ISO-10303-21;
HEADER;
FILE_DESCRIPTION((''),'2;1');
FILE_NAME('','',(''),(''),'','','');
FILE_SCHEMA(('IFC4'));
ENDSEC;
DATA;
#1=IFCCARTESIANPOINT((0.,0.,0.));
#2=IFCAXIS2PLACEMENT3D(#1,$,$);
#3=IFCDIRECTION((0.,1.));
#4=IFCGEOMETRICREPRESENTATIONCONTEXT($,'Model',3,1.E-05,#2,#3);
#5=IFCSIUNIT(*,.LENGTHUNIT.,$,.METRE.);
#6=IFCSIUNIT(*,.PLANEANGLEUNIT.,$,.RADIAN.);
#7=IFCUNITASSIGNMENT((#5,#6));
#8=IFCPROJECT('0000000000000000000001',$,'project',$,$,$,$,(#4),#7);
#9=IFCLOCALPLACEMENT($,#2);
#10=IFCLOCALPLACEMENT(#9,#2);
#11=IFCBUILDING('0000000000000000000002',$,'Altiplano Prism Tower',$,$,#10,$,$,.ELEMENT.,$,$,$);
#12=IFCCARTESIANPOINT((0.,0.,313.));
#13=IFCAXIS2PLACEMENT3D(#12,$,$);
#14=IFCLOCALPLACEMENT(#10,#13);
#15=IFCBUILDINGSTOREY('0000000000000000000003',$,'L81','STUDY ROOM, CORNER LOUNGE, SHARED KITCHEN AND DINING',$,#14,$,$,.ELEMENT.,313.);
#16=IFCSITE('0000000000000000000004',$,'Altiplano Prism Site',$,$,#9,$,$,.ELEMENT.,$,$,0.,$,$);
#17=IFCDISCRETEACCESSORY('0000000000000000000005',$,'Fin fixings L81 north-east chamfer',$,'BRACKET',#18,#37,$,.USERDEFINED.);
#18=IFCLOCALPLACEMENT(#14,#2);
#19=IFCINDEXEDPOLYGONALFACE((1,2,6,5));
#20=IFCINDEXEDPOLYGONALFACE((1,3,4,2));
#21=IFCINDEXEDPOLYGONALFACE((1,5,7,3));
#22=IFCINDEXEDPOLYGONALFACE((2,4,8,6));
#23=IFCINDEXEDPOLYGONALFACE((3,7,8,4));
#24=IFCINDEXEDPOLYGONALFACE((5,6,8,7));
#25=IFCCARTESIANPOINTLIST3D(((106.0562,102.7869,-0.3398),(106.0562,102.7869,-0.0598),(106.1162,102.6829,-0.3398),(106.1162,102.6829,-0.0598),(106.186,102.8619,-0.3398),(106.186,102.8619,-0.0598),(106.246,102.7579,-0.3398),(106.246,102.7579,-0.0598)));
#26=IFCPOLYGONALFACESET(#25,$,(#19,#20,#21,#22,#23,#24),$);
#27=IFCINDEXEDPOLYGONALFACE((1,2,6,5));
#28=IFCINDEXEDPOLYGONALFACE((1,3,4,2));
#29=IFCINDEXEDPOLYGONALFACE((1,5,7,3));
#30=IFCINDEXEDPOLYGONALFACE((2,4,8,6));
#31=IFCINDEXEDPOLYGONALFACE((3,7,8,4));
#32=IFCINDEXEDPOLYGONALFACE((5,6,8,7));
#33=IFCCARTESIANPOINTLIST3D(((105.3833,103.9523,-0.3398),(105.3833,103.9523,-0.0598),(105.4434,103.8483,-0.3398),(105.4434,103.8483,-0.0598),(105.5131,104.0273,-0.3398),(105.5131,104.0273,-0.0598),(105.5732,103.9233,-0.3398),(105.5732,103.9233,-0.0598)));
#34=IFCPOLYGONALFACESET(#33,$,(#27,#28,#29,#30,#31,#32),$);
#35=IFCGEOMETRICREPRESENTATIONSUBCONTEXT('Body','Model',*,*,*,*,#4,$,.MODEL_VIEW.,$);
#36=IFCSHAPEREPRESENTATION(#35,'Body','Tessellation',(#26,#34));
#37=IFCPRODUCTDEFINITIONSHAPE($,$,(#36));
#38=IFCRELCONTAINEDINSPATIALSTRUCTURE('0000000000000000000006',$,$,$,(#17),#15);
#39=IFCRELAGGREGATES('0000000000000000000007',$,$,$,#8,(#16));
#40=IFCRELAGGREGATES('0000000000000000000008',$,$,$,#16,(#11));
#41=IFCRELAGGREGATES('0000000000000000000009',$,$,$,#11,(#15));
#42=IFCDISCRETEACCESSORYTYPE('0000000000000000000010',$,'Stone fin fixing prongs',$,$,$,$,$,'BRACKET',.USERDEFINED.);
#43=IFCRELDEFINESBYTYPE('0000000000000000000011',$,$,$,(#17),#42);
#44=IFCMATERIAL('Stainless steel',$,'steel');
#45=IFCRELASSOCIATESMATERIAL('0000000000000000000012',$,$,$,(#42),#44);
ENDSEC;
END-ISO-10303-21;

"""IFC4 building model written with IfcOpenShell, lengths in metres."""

from ifc_helpers import new_model, si_unit, direction, frame, origin, place, context, subcontext, project, spatial, polyline, outline, extrude, source, transform, mapped, material, type_object, element, save


model = new_model("IFC4")

# Units and contexts
model_context = context("Model", 3, precision=1e-05, world=origin(), true_north=direction((0.0, 1.0)))
body_context = subcontext(model_context, "Body", "Model", "MODEL_VIEW")
ifc_project = project(units=[si_unit("LENGTHUNIT", "METRE"), si_unit("PLANEANGLEUNIT", "RADIAN")], contexts=[model_context])

# Site, building, storey
site_placement = place(None, origin())
site = spatial("IfcSite", under=ifc_project, at=site_placement, Name="Altiplano Prism Site", CompositionType="ELEMENT", RefElevation=0.0)
building_placement = place(site_placement, origin())
building = spatial("IfcBuilding", under=site, at=building_placement, Name="Altiplano Prism Tower", CompositionType="ELEMENT")
storey_placement = place(building_placement, frame((0.0, 0.0, 313.0)))
storey = spatial("IfcBuildingStorey", under=building, at=storey_placement, Name="L81", Description="STUDY ROOM, CORNER LOUNGE, SHARED KITCHEN AND DINING", CompositionType="ELEMENT", Elevation=313.0)

# Discrete accessory
ifc_material_1 = material(Name="Stainless steel", Category="steel")
discrete_accessory_type = type_object("IfcDiscreteAccessoryType", Name="Stone fin fixing prongs", ElementType="BRACKET", PredefinedType="USERDEFINED", material=ifc_material_1)
shared_shape_1 = source(origin(), body_context, "Body", "SweptSolid", [
    extrude(outline(polyline([(-0.7329, 0.0601), (-0.6128, 0.0601), (-0.6128, 0.3401), (-0.7329, 0.3401), (-0.7329, 0.0601)])), frame((0.0, 0.0, 0.0), z_axis=(0.0, -1.0, 0.0), x_axis=(1.0, 0.0, 0.0)), (0.0, 0.0, 1.0), 0.1499),
    extrude(outline(polyline([(0.6128, 0.0601), (0.7329, 0.0601), (0.7329, 0.3401), (0.6128, 0.3401), (0.6128, 0.0601)])), frame((0.0, 0.0, 0.0), z_axis=(0.0, -1.0, 0.0), x_axis=(1.0, 0.0, 0.0)), (0.0, 0.0, 1.0), 0.1499),
])
discrete_accessory_1_placement = place(storey_placement, origin())
element("IfcDiscreteAccessory", 1, at=discrete_accessory_1_placement, inside=storey, type_object=discrete_accessory_type, Name="Fin fixings L81 north-east chamfer", ObjectType="BRACKET", PredefinedType="USERDEFINED", context=body_context, shape_type="MappedRepresentation", body=[
    mapped(shared_shape_1, transform((105.7498, 103.3176, -0.3999), x_axis=(-0.5, 0.866025, 0.0), y_axis=(-0.866025, -0.5, 0.0), z_axis=(0.0, 0.0, 1.0))),
])

save(model, "model.ifc")
